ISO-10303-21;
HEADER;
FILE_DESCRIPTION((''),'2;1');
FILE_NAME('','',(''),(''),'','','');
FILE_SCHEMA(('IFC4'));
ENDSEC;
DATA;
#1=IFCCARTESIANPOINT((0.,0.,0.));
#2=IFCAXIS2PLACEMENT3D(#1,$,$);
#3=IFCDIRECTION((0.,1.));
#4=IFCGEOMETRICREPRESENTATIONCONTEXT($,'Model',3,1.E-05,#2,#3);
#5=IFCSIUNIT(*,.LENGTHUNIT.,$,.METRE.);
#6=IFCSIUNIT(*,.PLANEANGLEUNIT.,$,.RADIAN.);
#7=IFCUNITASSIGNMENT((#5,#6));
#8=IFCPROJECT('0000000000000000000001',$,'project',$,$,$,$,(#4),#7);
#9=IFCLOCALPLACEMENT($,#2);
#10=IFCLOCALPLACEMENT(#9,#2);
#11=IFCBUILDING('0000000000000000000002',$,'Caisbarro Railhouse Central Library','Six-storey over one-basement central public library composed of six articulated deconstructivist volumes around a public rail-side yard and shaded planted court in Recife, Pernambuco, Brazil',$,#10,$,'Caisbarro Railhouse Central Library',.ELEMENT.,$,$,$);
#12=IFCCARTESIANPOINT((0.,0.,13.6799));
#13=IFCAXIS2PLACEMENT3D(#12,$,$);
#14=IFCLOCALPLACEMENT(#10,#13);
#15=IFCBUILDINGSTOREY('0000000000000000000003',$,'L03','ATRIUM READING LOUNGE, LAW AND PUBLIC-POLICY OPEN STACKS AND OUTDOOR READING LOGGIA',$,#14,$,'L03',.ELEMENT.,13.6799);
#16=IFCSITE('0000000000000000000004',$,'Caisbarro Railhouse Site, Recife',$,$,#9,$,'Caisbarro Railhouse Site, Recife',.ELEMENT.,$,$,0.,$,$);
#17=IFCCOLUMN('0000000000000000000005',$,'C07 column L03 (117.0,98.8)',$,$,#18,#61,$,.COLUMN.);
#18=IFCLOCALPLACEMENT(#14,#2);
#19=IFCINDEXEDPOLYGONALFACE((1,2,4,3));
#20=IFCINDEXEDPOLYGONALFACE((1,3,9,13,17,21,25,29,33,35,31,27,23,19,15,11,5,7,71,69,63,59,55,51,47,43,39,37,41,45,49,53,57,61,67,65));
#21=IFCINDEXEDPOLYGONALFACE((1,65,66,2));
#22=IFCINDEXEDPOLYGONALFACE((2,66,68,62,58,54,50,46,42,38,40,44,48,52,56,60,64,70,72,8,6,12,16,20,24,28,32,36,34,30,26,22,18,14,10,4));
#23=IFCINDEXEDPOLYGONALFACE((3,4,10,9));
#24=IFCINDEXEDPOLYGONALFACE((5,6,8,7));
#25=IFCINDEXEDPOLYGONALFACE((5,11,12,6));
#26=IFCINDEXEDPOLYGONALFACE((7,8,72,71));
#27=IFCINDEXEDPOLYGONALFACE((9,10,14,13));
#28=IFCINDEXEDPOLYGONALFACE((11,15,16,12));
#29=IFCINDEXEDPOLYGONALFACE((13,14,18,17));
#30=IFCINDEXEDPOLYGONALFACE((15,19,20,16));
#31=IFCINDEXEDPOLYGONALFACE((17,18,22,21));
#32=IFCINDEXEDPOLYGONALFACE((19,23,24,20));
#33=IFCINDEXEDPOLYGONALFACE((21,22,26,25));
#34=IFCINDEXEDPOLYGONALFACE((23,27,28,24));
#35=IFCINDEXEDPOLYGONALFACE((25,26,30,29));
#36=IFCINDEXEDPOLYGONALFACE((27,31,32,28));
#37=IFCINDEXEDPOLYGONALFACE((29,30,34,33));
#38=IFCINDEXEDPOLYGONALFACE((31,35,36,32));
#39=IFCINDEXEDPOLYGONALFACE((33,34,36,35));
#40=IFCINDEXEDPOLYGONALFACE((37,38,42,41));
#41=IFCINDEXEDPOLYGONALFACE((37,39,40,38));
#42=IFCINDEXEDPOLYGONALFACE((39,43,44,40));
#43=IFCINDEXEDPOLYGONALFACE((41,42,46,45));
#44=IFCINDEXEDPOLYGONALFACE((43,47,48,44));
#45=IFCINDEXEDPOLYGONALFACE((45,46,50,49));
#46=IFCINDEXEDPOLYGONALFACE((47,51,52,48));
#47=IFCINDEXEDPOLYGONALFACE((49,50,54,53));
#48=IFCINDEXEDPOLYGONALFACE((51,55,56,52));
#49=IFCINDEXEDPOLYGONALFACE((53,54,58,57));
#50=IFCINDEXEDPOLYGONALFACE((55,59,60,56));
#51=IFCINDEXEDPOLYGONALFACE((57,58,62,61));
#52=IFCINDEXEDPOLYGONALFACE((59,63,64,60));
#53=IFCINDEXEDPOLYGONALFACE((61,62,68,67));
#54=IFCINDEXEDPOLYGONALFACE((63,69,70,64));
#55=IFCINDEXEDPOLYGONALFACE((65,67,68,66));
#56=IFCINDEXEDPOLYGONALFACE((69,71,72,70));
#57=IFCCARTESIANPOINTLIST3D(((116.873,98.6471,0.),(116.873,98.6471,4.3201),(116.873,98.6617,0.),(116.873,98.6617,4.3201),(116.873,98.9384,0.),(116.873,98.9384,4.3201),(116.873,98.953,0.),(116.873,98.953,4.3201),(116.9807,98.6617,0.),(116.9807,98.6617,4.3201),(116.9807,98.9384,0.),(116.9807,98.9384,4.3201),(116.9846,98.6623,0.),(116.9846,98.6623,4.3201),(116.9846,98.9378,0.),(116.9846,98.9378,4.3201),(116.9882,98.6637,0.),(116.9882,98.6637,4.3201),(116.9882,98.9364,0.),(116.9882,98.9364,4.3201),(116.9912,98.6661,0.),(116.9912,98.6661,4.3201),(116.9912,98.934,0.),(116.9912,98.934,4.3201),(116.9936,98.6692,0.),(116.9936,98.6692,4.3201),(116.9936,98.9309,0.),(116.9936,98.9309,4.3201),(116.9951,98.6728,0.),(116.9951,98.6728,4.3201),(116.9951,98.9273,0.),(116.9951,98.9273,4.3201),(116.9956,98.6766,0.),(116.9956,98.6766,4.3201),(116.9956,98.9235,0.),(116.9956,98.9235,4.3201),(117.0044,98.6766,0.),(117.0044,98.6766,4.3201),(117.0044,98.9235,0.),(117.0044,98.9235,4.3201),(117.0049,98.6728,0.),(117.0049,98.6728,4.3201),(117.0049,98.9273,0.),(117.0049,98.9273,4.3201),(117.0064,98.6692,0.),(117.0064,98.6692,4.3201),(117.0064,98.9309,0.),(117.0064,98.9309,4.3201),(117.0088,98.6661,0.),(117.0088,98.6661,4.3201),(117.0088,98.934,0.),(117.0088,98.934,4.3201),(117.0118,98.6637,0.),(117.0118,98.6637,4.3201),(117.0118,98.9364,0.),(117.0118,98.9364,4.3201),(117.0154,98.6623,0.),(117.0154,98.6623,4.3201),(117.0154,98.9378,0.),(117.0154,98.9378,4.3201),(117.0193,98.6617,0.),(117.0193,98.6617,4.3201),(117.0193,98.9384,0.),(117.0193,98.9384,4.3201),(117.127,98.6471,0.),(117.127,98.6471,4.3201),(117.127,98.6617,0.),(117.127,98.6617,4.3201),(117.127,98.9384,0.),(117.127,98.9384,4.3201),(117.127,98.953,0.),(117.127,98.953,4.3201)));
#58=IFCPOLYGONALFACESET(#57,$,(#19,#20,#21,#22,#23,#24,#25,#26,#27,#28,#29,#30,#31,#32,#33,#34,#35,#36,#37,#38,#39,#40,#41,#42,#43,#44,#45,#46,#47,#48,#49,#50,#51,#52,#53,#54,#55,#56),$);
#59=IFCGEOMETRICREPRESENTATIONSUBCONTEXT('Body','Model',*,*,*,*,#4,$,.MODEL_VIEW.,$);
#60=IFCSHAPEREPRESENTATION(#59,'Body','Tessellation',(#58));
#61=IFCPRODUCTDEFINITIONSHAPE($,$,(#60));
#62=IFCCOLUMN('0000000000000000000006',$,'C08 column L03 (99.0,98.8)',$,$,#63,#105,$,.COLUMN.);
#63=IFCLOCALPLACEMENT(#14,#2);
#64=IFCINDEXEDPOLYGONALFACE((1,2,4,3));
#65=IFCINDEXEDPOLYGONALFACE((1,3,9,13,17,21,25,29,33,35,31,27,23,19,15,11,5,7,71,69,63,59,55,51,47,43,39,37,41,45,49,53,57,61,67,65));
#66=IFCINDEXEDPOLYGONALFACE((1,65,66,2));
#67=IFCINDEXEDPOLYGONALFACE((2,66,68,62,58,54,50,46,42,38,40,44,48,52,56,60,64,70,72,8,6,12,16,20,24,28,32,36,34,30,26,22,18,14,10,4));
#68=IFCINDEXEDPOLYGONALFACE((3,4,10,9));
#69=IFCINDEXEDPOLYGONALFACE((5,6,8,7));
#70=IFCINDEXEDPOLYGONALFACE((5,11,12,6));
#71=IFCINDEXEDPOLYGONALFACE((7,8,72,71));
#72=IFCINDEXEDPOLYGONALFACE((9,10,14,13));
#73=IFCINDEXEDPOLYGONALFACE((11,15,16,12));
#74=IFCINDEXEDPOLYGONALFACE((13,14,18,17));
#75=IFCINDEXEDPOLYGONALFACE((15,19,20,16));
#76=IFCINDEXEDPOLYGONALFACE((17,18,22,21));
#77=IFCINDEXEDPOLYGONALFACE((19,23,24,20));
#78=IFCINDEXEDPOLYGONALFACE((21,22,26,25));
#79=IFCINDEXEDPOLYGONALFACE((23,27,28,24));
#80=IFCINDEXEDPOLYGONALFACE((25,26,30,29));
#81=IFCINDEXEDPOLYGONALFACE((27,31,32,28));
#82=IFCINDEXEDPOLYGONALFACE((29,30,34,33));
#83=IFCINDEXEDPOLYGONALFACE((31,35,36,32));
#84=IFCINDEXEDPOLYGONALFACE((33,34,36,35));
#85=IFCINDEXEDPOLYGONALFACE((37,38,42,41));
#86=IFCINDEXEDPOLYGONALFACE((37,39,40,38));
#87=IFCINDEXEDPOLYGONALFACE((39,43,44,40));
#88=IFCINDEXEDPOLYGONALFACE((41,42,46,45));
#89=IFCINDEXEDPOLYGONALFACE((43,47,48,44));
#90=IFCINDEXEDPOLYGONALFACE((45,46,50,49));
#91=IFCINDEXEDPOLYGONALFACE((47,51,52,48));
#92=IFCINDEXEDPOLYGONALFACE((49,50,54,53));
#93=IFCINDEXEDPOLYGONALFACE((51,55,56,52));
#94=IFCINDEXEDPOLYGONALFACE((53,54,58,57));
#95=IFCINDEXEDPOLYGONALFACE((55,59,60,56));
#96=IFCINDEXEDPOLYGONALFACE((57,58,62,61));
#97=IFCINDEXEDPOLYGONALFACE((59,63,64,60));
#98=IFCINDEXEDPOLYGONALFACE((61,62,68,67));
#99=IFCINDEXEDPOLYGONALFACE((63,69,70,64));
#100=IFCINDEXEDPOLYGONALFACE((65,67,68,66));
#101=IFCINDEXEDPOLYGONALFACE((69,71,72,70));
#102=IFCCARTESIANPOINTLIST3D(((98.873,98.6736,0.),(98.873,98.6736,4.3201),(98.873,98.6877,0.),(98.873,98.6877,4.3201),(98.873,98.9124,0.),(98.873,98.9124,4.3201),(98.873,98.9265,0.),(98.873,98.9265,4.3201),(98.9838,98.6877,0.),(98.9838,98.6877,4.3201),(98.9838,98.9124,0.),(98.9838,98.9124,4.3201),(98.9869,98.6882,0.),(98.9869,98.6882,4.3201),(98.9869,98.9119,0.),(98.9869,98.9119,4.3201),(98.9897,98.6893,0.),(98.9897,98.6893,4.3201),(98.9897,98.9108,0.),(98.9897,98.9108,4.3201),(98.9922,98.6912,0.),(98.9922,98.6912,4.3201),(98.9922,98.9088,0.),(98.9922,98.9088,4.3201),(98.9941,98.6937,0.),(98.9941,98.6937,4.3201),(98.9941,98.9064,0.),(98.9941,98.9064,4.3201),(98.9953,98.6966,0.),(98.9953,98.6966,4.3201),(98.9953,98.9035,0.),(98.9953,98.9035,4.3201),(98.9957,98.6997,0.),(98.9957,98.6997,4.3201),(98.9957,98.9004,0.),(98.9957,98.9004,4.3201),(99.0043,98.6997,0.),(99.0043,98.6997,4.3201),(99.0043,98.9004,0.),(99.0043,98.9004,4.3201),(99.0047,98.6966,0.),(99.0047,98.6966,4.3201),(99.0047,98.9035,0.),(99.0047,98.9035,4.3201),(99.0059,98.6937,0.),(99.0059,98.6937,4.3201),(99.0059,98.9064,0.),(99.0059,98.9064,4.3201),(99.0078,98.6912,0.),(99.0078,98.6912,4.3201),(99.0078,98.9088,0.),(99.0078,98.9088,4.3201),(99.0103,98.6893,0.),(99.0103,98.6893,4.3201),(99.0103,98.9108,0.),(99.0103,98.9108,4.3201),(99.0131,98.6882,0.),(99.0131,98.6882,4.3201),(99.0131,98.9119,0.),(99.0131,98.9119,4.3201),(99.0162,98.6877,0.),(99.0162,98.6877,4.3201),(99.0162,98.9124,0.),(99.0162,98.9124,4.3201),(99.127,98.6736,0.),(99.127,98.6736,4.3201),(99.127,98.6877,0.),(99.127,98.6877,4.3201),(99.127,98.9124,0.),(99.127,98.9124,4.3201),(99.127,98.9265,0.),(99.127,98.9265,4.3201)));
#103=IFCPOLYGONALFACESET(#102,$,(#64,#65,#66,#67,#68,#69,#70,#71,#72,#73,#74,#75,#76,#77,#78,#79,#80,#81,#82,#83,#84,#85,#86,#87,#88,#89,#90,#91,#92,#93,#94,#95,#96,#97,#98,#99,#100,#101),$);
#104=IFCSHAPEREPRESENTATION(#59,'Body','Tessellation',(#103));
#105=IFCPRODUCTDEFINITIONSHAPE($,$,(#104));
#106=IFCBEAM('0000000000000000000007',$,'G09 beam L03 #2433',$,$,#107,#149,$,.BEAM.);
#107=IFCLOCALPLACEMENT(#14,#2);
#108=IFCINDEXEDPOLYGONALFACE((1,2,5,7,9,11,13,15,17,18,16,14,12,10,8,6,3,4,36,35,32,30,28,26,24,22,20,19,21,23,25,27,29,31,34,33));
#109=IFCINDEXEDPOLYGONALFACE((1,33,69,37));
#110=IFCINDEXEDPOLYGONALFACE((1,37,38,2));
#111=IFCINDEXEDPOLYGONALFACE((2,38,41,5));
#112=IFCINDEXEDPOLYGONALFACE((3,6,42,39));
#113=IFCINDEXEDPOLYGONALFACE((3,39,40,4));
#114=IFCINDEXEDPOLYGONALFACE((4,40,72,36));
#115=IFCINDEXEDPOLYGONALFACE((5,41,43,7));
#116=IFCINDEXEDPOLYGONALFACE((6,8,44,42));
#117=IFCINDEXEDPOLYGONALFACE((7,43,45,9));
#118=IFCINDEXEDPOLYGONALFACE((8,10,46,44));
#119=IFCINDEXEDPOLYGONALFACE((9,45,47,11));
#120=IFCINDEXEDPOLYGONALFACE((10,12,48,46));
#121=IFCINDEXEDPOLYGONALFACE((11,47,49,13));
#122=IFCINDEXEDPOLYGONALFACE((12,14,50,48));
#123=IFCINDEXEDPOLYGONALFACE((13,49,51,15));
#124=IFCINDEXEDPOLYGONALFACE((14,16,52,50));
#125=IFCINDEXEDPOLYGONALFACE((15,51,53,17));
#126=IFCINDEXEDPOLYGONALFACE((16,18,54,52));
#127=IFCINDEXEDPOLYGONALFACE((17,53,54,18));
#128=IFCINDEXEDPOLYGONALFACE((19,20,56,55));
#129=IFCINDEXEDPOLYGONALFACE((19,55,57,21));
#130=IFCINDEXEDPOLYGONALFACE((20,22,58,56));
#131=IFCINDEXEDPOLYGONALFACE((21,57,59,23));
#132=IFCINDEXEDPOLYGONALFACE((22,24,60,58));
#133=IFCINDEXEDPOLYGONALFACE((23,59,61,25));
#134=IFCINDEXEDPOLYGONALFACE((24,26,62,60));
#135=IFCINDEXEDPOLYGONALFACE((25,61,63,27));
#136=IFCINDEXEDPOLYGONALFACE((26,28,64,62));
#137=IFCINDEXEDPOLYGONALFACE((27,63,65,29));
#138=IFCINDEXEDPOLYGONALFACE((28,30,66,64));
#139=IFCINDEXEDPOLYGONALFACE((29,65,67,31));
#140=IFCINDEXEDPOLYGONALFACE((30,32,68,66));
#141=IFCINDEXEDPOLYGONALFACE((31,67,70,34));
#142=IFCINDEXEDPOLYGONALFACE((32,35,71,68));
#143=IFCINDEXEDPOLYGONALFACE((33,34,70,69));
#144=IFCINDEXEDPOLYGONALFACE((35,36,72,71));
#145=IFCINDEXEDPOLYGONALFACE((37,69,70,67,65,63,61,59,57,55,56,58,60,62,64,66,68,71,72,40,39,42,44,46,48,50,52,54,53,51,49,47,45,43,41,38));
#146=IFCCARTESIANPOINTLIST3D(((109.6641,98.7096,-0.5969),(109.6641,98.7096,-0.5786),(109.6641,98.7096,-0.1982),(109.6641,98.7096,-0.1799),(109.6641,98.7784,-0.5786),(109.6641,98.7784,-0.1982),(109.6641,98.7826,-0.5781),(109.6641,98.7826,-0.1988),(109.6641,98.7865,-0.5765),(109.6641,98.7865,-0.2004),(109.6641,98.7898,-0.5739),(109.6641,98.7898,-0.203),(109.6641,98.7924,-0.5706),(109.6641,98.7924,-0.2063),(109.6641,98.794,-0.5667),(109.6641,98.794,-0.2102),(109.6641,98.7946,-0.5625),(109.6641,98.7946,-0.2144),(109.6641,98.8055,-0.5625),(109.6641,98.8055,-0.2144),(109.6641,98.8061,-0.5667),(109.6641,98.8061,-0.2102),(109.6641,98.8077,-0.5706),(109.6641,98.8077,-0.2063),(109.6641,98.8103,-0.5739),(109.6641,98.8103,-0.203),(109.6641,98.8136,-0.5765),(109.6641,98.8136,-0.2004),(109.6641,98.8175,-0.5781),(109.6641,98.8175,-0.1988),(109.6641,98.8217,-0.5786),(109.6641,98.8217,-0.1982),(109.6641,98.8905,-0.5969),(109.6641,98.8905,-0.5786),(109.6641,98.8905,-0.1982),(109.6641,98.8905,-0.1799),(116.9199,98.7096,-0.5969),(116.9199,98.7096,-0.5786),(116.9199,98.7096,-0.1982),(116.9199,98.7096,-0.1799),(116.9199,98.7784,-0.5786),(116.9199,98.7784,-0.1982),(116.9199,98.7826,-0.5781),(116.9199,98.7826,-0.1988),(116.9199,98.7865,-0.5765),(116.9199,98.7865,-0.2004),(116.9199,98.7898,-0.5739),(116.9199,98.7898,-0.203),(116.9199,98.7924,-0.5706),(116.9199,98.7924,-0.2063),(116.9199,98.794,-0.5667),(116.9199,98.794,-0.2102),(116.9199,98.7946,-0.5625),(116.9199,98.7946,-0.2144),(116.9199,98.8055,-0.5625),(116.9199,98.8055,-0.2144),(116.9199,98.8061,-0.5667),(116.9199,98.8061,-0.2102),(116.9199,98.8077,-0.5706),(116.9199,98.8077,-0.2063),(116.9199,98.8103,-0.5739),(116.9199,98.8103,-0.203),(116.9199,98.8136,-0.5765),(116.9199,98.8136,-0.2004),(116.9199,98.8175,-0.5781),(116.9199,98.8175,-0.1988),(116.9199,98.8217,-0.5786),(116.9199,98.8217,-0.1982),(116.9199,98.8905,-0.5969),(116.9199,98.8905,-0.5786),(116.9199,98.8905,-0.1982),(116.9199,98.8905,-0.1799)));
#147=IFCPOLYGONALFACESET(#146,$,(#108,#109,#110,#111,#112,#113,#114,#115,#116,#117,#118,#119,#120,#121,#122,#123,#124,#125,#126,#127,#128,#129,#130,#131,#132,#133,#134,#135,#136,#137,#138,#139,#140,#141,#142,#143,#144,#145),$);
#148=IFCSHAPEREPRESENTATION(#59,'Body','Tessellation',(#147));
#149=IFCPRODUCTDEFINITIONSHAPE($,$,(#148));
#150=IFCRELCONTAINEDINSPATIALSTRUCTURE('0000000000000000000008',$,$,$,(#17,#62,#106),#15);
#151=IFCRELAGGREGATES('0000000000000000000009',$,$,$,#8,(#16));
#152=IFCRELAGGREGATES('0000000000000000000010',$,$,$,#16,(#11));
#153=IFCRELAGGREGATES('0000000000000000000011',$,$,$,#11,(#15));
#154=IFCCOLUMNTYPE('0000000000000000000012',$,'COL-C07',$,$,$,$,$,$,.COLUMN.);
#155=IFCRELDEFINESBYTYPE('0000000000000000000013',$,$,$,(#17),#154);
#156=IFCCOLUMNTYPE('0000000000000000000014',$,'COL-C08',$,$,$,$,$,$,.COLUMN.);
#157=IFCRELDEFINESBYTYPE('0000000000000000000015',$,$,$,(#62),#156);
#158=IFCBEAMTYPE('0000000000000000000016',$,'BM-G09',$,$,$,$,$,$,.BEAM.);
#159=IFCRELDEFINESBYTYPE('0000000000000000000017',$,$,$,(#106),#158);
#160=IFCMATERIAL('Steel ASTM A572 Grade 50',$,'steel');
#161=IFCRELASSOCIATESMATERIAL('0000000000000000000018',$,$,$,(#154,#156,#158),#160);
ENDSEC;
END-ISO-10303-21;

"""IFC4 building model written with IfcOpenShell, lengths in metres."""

from ifc_helpers import new_model, si_unit, direction, frame, origin, origin_2d, place, context, subcontext, project, spatial, i_section, extrude, material, material_profile, profile_set, type_object, element, save


model = new_model("IFC4")

# Units and contexts
model_context = context("Model", 3, precision=1e-05, world=origin(), true_north=direction((0.0, 1.0)))
body_context = subcontext(model_context, "Body", "Model", "MODEL_VIEW")
ifc_project = project(units=[si_unit("LENGTHUNIT", "METRE"), si_unit("PLANEANGLEUNIT", "RADIAN")], contexts=[model_context])

# Site, building, storey
site_placement = place(None, origin())
site = spatial("IfcSite", under=ifc_project, at=site_placement, Name="Caisbarro Railhouse Site, Recife", LongName="Caisbarro Railhouse Site, Recife", CompositionType="ELEMENT", RefElevation=0.0)
building_placement = place(site_placement, origin())
building = spatial("IfcBuilding", under=site, at=building_placement, Name="Caisbarro Railhouse Central Library", Description="Six-storey over one-basement central public library composed of six articulated deconstructivist volumes around a public rail-side yard and shaded planted court in Recife, Pernambuco, Brazil", LongName="Caisbarro Railhouse Central Library", CompositionType="ELEMENT")
storey_placement = place(building_placement, frame((0.0, 0.0, 13.6799)))
storey = spatial("IfcBuildingStorey", under=building, at=storey_placement, Name="L03", Description="ATRIUM READING LOUNGE, LAW AND PUBLIC-POLICY OPEN STACKS AND OUTDOOR READING LOGGIA", LongName="L03", CompositionType="ELEMENT", Elevation=13.6799)

# Columns
ifc_material_1 = material(Name="Steel ASTM A572 Grade 50", Category="steel")
ifc_material_profile_1 = material_profile(ifc_material_1, i_section(OverallWidth=0.2539, OverallDepth=0.3059, WebThickness=0.0088, FlangeThickness=0.0146, FilletRadius=0.0149, at=origin_2d()), Name="W310X79.0")
ifc_profile_set_1 = profile_set([ifc_material_profile_1], Name="Steel ASTM A572 Grade 50")
column_type_1 = type_object("IfcColumnType", Name="COL-C07", PredefinedType="COLUMN", material=ifc_profile_set_1)
column_1_placement = place(storey_placement, frame((117.0, 98.8, 0.0), z_axis=(0.0, 0.0, 1.0), x_axis=(1.0, 0.0, 0.0)))
element("IfcColumn", 1, at=column_1_placement, inside=storey, type_object=column_type_1, Name="C07 column L03 (117.0,98.8)", PredefinedType="COLUMN", context=body_context, shape_type="SweptSolid", body=[
    extrude(i_section(OverallWidth=0.2539, OverallDepth=0.3059, WebThickness=0.0088, FlangeThickness=0.0146, FilletRadius=0.0149, at=origin_2d()), origin(), (0.0, 0.0, 1.0), 4.3201),
])
ifc_material_profile_2 = material_profile(ifc_material_1, i_section(OverallWidth=0.2539, OverallDepth=0.2529, WebThickness=0.0085, FlangeThickness=0.0142, FilletRadius=0.012, at=origin_2d()), Name="W250X73.0")
ifc_profile_set_2 = profile_set([ifc_material_profile_2], Name="Steel ASTM A572 Grade 50")
column_type_2 = type_object("IfcColumnType", Name="COL-C08", PredefinedType="COLUMN", material=ifc_profile_set_2)
column_2_placement = place(storey_placement, frame((99.0, 98.8, 0.0), z_axis=(0.0, 0.0, 1.0), x_axis=(1.0, 0.0, 0.0)))
element("IfcColumn", 2, at=column_2_placement, inside=storey, type_object=column_type_2, Name="C08 column L03 (99.0,98.8)", PredefinedType="COLUMN", context=body_context, shape_type="SweptSolid", body=[
    extrude(i_section(OverallWidth=0.2539, OverallDepth=0.2529, WebThickness=0.0085, FlangeThickness=0.0142, FilletRadius=0.012, at=origin_2d()), origin(), (0.0, 0.0, 1.0), 4.3201),
])

# Beam
ifc_material_profile_3 = material_profile(ifc_material_1, i_section(OverallWidth=0.1809, OverallDepth=0.417, WebThickness=0.011, FlangeThickness=0.0183, FilletRadius=0.0161, at=origin_2d()), Name="W410X85.0")
ifc_profile_set_3 = profile_set([ifc_material_profile_3], Name="Steel ASTM A572 Grade 50")
beam_type_1 = type_object("IfcBeamType", Name="BM-G09", PredefinedType="BEAM", material=ifc_profile_set_3)
beam_1_placement = place(storey_placement, frame((109.6641, 98.8, -0.3884), z_axis=(1.0, 0.0, 0.0), x_axis=(0.0, 1.0, 0.0)))
element("IfcBeam", 3, at=beam_1_placement, inside=storey, type_object=beam_type_1, Name="G09 beam L03 #2433", PredefinedType="BEAM", context=body_context, shape_type="SweptSolid", body=[
    extrude(i_section(OverallWidth=0.1809, OverallDepth=0.417, WebThickness=0.011, FlangeThickness=0.0183, FilletRadius=0.0161, at=origin_2d()), origin(), (0.0, 0.0, 1.0), 7.2559),
])

save(model, "model.ifc")
